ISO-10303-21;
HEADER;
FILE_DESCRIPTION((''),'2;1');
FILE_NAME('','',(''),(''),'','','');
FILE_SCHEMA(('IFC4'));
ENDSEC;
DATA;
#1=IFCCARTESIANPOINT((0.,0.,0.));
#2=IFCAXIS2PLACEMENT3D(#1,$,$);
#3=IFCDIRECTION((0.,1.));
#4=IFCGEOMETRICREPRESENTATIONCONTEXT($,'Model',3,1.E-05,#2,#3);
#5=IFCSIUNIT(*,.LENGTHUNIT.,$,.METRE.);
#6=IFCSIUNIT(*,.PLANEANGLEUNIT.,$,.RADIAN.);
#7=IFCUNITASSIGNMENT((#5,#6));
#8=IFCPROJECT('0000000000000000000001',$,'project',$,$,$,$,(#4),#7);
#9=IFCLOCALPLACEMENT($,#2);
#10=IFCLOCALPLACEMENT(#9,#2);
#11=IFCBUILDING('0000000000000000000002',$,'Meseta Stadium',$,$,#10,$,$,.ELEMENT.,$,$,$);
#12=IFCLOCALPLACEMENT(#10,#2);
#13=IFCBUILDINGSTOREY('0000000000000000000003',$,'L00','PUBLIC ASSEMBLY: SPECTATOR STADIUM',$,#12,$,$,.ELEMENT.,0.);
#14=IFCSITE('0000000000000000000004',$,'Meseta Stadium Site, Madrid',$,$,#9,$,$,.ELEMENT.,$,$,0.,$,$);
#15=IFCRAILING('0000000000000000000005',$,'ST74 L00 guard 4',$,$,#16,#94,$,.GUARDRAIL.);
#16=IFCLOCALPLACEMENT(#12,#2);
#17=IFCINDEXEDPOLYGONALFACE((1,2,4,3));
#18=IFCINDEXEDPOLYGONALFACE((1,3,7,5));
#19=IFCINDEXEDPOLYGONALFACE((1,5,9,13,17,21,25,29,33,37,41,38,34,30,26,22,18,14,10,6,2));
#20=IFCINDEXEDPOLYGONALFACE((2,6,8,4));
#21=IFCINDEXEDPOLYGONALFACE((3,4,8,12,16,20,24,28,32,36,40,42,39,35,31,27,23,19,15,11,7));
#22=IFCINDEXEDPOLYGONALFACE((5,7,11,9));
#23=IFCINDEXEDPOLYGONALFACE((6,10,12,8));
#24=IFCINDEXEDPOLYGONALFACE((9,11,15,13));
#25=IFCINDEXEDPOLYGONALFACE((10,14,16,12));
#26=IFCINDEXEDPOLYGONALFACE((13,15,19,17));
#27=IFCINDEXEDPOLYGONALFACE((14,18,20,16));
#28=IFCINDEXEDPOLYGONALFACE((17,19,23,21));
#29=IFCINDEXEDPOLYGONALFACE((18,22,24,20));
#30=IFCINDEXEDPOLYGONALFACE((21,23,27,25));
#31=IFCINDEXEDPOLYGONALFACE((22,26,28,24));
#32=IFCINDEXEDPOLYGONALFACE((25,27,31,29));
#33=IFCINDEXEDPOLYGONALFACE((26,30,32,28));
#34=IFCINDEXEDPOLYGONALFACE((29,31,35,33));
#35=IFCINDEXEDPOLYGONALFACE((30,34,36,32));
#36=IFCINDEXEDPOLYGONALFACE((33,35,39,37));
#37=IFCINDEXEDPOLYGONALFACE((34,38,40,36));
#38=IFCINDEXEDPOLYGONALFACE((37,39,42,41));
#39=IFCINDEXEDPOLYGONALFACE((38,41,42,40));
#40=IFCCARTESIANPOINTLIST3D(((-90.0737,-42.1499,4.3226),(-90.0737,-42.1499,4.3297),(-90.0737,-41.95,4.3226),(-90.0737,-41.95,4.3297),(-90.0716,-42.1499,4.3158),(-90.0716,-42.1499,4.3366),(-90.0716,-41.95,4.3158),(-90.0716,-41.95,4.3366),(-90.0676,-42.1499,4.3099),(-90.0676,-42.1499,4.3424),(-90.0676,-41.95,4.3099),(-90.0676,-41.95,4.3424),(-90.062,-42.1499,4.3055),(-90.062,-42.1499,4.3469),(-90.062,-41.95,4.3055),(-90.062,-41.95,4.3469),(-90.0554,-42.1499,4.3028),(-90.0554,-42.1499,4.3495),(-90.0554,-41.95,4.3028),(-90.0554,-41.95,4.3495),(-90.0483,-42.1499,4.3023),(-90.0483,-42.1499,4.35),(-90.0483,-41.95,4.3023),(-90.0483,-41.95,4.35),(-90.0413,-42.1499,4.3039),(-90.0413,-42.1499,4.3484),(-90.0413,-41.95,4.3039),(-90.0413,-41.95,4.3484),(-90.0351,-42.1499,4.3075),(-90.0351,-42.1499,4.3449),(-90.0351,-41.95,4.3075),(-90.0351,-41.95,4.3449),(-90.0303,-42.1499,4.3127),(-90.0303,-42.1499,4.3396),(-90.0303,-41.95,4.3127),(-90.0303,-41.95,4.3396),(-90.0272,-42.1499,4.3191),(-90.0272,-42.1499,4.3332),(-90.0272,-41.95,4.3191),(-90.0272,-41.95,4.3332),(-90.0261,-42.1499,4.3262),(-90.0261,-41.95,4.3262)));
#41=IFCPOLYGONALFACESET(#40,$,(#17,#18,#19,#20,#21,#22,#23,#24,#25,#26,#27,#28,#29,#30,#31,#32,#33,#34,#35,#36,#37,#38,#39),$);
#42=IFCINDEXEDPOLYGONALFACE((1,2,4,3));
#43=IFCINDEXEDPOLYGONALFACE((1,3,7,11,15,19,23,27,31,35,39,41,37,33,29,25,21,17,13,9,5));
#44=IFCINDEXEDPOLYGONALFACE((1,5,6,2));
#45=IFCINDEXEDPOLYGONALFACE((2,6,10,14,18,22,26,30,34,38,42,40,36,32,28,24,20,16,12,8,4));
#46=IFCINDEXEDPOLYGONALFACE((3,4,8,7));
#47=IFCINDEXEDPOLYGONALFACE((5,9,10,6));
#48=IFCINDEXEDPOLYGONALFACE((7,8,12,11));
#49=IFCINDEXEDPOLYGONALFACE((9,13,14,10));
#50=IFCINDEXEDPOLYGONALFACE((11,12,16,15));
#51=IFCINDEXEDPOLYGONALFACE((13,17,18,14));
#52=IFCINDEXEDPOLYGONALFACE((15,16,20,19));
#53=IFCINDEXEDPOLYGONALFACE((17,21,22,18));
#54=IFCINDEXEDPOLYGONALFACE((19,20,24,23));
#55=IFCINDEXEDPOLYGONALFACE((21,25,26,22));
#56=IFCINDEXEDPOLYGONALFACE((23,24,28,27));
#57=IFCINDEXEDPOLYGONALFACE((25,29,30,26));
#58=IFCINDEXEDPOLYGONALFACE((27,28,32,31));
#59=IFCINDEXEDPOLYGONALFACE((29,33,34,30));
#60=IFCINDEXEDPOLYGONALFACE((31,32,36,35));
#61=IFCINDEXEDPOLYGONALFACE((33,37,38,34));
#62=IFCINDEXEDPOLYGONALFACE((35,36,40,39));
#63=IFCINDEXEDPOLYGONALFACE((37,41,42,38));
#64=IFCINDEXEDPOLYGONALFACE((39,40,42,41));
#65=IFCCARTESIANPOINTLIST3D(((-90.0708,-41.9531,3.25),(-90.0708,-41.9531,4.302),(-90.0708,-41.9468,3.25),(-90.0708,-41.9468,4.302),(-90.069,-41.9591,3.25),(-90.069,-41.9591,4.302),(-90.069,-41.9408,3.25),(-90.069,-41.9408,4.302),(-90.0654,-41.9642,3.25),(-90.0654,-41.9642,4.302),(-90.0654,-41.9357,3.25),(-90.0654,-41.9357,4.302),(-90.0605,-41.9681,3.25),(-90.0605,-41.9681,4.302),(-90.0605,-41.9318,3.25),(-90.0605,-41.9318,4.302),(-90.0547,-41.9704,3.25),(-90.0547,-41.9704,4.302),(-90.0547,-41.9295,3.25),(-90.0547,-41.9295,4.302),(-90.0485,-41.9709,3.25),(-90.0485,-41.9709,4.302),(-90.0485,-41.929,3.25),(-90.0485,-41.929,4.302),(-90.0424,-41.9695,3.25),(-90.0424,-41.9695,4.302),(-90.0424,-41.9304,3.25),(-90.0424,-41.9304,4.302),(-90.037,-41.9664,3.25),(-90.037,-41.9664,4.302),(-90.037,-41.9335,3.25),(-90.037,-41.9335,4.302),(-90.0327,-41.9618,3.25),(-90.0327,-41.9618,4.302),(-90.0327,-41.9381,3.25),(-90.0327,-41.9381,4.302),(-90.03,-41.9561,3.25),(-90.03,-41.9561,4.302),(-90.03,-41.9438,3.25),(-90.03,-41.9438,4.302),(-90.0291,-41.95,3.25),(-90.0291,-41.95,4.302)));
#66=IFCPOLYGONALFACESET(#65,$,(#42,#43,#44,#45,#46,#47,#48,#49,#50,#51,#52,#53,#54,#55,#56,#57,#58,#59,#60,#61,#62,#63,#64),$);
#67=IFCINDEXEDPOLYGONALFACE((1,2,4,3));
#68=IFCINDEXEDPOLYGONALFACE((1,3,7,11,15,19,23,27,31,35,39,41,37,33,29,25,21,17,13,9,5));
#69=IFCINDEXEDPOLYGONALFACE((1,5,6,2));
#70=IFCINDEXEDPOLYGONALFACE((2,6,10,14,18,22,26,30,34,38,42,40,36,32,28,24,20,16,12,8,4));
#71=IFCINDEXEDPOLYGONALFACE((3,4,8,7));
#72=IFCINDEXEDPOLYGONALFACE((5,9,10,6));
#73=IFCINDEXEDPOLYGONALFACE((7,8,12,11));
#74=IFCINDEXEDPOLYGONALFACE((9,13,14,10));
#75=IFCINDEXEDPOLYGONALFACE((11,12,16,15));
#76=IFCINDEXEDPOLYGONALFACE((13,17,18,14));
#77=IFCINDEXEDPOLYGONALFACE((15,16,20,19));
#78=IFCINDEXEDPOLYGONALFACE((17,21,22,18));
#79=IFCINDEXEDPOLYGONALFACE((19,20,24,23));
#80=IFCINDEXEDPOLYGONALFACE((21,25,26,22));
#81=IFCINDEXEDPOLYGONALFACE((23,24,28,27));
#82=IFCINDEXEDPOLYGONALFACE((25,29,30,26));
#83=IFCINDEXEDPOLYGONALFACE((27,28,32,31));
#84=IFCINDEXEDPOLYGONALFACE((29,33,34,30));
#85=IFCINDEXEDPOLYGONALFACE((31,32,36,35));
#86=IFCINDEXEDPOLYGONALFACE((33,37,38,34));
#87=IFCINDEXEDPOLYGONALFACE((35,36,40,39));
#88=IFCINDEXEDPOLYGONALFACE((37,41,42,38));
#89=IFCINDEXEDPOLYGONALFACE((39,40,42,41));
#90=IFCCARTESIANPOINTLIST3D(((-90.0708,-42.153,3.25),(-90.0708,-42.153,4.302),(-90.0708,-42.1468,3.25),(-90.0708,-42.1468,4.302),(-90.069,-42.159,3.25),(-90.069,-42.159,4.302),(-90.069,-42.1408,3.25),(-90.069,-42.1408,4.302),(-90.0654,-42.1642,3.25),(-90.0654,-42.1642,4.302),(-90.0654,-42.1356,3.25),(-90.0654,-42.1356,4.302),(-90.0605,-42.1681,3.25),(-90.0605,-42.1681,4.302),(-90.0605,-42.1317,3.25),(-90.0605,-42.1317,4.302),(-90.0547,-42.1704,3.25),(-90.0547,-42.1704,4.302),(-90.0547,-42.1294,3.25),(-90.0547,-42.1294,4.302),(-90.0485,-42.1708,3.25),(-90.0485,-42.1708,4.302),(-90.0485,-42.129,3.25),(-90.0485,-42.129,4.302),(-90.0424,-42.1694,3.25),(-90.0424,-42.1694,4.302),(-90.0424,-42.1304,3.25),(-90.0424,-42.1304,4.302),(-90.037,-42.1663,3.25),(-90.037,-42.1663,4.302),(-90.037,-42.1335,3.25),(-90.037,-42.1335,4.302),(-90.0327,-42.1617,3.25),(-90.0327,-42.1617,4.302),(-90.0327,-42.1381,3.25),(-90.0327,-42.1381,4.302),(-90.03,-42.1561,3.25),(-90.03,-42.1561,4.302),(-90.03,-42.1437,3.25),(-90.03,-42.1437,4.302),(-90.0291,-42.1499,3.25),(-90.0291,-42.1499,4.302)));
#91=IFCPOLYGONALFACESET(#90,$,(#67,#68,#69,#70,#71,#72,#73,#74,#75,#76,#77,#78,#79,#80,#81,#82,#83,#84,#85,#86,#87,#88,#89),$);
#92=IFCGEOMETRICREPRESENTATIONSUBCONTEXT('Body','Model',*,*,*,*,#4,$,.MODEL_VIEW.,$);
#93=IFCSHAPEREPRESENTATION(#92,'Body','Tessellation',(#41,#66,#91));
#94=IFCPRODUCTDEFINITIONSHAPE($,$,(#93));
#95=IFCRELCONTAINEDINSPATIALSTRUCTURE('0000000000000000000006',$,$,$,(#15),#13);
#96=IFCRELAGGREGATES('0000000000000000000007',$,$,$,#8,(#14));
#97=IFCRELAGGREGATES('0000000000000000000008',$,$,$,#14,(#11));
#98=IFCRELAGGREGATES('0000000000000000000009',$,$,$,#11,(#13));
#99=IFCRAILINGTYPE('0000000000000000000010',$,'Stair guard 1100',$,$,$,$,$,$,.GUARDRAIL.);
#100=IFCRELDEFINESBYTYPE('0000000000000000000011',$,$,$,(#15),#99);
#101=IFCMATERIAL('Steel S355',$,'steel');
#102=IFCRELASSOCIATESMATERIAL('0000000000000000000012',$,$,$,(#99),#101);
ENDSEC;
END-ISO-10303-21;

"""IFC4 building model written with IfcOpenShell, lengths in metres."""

from ifc_helpers import new_model, si_unit, direction, frame, origin, origin_2d, place, context, subcontext, project, spatial, circle, extrude, material, type_object, element, save


model = new_model("IFC4")

# Units and contexts
model_context = context("Model", 3, precision=1e-05, world=origin(), true_north=direction((0.0, 1.0)))
body_context = subcontext(model_context, "Body", "Model", "MODEL_VIEW")
ifc_project = project(units=[si_unit("LENGTHUNIT", "METRE"), si_unit("PLANEANGLEUNIT", "RADIAN")], contexts=[model_context])

# Site, building, storey
site_placement = place(None, origin())
site = spatial("IfcSite", under=ifc_project, at=site_placement, Name="Meseta Stadium Site, Madrid", CompositionType="ELEMENT", RefElevation=0.0)
building_placement = place(site_placement, origin())
building = spatial("IfcBuilding", under=site, at=building_placement, Name="Meseta Stadium", CompositionType="ELEMENT")
storey_placement = place(building_placement, origin())
storey = spatial("IfcBuildingStorey", under=building, at=storey_placement, Name="L00", Description="PUBLIC ASSEMBLY: SPECTATOR STADIUM", CompositionType="ELEMENT", Elevation=0.0)

# Railing
ifc_material_1 = material(Name="Steel S355", Category="steel")
railing_type_1 = type_object("IfcRailingType", Name="Stair guard 1100", PredefinedType="GUARDRAIL", material=ifc_material_1)
railing_1_placement = place(storey_placement, frame((-90.05, -41.95, 3.25)))
element("IfcRailing", 1, at=railing_1_placement, inside=storey, type_object=railing_type_1, Name="ST74 L00 guard 4", PredefinedType="GUARDRAIL", context=body_context, shape_type="SweptSolid", body=[
    extrude(circle(Radius=0.0239, at=origin_2d()), frame((0.0, 0.0, 1.0762), z_axis=(0.0, -1.0, 0.0), x_axis=(1.0, 0.0, 0.0)), (0.0, 0.0, 1.0), 0.2),
    extrude(circle(Radius=0.021, at=origin_2d()), origin(), (0.0, 0.0, 1.0), 1.052),
    extrude(circle(Radius=0.021, at=origin_2d()), frame((0.0, -0.2, 0.0)), (0.0, 0.0, 1.0), 1.052),
])

save(model, "model.ifc")
